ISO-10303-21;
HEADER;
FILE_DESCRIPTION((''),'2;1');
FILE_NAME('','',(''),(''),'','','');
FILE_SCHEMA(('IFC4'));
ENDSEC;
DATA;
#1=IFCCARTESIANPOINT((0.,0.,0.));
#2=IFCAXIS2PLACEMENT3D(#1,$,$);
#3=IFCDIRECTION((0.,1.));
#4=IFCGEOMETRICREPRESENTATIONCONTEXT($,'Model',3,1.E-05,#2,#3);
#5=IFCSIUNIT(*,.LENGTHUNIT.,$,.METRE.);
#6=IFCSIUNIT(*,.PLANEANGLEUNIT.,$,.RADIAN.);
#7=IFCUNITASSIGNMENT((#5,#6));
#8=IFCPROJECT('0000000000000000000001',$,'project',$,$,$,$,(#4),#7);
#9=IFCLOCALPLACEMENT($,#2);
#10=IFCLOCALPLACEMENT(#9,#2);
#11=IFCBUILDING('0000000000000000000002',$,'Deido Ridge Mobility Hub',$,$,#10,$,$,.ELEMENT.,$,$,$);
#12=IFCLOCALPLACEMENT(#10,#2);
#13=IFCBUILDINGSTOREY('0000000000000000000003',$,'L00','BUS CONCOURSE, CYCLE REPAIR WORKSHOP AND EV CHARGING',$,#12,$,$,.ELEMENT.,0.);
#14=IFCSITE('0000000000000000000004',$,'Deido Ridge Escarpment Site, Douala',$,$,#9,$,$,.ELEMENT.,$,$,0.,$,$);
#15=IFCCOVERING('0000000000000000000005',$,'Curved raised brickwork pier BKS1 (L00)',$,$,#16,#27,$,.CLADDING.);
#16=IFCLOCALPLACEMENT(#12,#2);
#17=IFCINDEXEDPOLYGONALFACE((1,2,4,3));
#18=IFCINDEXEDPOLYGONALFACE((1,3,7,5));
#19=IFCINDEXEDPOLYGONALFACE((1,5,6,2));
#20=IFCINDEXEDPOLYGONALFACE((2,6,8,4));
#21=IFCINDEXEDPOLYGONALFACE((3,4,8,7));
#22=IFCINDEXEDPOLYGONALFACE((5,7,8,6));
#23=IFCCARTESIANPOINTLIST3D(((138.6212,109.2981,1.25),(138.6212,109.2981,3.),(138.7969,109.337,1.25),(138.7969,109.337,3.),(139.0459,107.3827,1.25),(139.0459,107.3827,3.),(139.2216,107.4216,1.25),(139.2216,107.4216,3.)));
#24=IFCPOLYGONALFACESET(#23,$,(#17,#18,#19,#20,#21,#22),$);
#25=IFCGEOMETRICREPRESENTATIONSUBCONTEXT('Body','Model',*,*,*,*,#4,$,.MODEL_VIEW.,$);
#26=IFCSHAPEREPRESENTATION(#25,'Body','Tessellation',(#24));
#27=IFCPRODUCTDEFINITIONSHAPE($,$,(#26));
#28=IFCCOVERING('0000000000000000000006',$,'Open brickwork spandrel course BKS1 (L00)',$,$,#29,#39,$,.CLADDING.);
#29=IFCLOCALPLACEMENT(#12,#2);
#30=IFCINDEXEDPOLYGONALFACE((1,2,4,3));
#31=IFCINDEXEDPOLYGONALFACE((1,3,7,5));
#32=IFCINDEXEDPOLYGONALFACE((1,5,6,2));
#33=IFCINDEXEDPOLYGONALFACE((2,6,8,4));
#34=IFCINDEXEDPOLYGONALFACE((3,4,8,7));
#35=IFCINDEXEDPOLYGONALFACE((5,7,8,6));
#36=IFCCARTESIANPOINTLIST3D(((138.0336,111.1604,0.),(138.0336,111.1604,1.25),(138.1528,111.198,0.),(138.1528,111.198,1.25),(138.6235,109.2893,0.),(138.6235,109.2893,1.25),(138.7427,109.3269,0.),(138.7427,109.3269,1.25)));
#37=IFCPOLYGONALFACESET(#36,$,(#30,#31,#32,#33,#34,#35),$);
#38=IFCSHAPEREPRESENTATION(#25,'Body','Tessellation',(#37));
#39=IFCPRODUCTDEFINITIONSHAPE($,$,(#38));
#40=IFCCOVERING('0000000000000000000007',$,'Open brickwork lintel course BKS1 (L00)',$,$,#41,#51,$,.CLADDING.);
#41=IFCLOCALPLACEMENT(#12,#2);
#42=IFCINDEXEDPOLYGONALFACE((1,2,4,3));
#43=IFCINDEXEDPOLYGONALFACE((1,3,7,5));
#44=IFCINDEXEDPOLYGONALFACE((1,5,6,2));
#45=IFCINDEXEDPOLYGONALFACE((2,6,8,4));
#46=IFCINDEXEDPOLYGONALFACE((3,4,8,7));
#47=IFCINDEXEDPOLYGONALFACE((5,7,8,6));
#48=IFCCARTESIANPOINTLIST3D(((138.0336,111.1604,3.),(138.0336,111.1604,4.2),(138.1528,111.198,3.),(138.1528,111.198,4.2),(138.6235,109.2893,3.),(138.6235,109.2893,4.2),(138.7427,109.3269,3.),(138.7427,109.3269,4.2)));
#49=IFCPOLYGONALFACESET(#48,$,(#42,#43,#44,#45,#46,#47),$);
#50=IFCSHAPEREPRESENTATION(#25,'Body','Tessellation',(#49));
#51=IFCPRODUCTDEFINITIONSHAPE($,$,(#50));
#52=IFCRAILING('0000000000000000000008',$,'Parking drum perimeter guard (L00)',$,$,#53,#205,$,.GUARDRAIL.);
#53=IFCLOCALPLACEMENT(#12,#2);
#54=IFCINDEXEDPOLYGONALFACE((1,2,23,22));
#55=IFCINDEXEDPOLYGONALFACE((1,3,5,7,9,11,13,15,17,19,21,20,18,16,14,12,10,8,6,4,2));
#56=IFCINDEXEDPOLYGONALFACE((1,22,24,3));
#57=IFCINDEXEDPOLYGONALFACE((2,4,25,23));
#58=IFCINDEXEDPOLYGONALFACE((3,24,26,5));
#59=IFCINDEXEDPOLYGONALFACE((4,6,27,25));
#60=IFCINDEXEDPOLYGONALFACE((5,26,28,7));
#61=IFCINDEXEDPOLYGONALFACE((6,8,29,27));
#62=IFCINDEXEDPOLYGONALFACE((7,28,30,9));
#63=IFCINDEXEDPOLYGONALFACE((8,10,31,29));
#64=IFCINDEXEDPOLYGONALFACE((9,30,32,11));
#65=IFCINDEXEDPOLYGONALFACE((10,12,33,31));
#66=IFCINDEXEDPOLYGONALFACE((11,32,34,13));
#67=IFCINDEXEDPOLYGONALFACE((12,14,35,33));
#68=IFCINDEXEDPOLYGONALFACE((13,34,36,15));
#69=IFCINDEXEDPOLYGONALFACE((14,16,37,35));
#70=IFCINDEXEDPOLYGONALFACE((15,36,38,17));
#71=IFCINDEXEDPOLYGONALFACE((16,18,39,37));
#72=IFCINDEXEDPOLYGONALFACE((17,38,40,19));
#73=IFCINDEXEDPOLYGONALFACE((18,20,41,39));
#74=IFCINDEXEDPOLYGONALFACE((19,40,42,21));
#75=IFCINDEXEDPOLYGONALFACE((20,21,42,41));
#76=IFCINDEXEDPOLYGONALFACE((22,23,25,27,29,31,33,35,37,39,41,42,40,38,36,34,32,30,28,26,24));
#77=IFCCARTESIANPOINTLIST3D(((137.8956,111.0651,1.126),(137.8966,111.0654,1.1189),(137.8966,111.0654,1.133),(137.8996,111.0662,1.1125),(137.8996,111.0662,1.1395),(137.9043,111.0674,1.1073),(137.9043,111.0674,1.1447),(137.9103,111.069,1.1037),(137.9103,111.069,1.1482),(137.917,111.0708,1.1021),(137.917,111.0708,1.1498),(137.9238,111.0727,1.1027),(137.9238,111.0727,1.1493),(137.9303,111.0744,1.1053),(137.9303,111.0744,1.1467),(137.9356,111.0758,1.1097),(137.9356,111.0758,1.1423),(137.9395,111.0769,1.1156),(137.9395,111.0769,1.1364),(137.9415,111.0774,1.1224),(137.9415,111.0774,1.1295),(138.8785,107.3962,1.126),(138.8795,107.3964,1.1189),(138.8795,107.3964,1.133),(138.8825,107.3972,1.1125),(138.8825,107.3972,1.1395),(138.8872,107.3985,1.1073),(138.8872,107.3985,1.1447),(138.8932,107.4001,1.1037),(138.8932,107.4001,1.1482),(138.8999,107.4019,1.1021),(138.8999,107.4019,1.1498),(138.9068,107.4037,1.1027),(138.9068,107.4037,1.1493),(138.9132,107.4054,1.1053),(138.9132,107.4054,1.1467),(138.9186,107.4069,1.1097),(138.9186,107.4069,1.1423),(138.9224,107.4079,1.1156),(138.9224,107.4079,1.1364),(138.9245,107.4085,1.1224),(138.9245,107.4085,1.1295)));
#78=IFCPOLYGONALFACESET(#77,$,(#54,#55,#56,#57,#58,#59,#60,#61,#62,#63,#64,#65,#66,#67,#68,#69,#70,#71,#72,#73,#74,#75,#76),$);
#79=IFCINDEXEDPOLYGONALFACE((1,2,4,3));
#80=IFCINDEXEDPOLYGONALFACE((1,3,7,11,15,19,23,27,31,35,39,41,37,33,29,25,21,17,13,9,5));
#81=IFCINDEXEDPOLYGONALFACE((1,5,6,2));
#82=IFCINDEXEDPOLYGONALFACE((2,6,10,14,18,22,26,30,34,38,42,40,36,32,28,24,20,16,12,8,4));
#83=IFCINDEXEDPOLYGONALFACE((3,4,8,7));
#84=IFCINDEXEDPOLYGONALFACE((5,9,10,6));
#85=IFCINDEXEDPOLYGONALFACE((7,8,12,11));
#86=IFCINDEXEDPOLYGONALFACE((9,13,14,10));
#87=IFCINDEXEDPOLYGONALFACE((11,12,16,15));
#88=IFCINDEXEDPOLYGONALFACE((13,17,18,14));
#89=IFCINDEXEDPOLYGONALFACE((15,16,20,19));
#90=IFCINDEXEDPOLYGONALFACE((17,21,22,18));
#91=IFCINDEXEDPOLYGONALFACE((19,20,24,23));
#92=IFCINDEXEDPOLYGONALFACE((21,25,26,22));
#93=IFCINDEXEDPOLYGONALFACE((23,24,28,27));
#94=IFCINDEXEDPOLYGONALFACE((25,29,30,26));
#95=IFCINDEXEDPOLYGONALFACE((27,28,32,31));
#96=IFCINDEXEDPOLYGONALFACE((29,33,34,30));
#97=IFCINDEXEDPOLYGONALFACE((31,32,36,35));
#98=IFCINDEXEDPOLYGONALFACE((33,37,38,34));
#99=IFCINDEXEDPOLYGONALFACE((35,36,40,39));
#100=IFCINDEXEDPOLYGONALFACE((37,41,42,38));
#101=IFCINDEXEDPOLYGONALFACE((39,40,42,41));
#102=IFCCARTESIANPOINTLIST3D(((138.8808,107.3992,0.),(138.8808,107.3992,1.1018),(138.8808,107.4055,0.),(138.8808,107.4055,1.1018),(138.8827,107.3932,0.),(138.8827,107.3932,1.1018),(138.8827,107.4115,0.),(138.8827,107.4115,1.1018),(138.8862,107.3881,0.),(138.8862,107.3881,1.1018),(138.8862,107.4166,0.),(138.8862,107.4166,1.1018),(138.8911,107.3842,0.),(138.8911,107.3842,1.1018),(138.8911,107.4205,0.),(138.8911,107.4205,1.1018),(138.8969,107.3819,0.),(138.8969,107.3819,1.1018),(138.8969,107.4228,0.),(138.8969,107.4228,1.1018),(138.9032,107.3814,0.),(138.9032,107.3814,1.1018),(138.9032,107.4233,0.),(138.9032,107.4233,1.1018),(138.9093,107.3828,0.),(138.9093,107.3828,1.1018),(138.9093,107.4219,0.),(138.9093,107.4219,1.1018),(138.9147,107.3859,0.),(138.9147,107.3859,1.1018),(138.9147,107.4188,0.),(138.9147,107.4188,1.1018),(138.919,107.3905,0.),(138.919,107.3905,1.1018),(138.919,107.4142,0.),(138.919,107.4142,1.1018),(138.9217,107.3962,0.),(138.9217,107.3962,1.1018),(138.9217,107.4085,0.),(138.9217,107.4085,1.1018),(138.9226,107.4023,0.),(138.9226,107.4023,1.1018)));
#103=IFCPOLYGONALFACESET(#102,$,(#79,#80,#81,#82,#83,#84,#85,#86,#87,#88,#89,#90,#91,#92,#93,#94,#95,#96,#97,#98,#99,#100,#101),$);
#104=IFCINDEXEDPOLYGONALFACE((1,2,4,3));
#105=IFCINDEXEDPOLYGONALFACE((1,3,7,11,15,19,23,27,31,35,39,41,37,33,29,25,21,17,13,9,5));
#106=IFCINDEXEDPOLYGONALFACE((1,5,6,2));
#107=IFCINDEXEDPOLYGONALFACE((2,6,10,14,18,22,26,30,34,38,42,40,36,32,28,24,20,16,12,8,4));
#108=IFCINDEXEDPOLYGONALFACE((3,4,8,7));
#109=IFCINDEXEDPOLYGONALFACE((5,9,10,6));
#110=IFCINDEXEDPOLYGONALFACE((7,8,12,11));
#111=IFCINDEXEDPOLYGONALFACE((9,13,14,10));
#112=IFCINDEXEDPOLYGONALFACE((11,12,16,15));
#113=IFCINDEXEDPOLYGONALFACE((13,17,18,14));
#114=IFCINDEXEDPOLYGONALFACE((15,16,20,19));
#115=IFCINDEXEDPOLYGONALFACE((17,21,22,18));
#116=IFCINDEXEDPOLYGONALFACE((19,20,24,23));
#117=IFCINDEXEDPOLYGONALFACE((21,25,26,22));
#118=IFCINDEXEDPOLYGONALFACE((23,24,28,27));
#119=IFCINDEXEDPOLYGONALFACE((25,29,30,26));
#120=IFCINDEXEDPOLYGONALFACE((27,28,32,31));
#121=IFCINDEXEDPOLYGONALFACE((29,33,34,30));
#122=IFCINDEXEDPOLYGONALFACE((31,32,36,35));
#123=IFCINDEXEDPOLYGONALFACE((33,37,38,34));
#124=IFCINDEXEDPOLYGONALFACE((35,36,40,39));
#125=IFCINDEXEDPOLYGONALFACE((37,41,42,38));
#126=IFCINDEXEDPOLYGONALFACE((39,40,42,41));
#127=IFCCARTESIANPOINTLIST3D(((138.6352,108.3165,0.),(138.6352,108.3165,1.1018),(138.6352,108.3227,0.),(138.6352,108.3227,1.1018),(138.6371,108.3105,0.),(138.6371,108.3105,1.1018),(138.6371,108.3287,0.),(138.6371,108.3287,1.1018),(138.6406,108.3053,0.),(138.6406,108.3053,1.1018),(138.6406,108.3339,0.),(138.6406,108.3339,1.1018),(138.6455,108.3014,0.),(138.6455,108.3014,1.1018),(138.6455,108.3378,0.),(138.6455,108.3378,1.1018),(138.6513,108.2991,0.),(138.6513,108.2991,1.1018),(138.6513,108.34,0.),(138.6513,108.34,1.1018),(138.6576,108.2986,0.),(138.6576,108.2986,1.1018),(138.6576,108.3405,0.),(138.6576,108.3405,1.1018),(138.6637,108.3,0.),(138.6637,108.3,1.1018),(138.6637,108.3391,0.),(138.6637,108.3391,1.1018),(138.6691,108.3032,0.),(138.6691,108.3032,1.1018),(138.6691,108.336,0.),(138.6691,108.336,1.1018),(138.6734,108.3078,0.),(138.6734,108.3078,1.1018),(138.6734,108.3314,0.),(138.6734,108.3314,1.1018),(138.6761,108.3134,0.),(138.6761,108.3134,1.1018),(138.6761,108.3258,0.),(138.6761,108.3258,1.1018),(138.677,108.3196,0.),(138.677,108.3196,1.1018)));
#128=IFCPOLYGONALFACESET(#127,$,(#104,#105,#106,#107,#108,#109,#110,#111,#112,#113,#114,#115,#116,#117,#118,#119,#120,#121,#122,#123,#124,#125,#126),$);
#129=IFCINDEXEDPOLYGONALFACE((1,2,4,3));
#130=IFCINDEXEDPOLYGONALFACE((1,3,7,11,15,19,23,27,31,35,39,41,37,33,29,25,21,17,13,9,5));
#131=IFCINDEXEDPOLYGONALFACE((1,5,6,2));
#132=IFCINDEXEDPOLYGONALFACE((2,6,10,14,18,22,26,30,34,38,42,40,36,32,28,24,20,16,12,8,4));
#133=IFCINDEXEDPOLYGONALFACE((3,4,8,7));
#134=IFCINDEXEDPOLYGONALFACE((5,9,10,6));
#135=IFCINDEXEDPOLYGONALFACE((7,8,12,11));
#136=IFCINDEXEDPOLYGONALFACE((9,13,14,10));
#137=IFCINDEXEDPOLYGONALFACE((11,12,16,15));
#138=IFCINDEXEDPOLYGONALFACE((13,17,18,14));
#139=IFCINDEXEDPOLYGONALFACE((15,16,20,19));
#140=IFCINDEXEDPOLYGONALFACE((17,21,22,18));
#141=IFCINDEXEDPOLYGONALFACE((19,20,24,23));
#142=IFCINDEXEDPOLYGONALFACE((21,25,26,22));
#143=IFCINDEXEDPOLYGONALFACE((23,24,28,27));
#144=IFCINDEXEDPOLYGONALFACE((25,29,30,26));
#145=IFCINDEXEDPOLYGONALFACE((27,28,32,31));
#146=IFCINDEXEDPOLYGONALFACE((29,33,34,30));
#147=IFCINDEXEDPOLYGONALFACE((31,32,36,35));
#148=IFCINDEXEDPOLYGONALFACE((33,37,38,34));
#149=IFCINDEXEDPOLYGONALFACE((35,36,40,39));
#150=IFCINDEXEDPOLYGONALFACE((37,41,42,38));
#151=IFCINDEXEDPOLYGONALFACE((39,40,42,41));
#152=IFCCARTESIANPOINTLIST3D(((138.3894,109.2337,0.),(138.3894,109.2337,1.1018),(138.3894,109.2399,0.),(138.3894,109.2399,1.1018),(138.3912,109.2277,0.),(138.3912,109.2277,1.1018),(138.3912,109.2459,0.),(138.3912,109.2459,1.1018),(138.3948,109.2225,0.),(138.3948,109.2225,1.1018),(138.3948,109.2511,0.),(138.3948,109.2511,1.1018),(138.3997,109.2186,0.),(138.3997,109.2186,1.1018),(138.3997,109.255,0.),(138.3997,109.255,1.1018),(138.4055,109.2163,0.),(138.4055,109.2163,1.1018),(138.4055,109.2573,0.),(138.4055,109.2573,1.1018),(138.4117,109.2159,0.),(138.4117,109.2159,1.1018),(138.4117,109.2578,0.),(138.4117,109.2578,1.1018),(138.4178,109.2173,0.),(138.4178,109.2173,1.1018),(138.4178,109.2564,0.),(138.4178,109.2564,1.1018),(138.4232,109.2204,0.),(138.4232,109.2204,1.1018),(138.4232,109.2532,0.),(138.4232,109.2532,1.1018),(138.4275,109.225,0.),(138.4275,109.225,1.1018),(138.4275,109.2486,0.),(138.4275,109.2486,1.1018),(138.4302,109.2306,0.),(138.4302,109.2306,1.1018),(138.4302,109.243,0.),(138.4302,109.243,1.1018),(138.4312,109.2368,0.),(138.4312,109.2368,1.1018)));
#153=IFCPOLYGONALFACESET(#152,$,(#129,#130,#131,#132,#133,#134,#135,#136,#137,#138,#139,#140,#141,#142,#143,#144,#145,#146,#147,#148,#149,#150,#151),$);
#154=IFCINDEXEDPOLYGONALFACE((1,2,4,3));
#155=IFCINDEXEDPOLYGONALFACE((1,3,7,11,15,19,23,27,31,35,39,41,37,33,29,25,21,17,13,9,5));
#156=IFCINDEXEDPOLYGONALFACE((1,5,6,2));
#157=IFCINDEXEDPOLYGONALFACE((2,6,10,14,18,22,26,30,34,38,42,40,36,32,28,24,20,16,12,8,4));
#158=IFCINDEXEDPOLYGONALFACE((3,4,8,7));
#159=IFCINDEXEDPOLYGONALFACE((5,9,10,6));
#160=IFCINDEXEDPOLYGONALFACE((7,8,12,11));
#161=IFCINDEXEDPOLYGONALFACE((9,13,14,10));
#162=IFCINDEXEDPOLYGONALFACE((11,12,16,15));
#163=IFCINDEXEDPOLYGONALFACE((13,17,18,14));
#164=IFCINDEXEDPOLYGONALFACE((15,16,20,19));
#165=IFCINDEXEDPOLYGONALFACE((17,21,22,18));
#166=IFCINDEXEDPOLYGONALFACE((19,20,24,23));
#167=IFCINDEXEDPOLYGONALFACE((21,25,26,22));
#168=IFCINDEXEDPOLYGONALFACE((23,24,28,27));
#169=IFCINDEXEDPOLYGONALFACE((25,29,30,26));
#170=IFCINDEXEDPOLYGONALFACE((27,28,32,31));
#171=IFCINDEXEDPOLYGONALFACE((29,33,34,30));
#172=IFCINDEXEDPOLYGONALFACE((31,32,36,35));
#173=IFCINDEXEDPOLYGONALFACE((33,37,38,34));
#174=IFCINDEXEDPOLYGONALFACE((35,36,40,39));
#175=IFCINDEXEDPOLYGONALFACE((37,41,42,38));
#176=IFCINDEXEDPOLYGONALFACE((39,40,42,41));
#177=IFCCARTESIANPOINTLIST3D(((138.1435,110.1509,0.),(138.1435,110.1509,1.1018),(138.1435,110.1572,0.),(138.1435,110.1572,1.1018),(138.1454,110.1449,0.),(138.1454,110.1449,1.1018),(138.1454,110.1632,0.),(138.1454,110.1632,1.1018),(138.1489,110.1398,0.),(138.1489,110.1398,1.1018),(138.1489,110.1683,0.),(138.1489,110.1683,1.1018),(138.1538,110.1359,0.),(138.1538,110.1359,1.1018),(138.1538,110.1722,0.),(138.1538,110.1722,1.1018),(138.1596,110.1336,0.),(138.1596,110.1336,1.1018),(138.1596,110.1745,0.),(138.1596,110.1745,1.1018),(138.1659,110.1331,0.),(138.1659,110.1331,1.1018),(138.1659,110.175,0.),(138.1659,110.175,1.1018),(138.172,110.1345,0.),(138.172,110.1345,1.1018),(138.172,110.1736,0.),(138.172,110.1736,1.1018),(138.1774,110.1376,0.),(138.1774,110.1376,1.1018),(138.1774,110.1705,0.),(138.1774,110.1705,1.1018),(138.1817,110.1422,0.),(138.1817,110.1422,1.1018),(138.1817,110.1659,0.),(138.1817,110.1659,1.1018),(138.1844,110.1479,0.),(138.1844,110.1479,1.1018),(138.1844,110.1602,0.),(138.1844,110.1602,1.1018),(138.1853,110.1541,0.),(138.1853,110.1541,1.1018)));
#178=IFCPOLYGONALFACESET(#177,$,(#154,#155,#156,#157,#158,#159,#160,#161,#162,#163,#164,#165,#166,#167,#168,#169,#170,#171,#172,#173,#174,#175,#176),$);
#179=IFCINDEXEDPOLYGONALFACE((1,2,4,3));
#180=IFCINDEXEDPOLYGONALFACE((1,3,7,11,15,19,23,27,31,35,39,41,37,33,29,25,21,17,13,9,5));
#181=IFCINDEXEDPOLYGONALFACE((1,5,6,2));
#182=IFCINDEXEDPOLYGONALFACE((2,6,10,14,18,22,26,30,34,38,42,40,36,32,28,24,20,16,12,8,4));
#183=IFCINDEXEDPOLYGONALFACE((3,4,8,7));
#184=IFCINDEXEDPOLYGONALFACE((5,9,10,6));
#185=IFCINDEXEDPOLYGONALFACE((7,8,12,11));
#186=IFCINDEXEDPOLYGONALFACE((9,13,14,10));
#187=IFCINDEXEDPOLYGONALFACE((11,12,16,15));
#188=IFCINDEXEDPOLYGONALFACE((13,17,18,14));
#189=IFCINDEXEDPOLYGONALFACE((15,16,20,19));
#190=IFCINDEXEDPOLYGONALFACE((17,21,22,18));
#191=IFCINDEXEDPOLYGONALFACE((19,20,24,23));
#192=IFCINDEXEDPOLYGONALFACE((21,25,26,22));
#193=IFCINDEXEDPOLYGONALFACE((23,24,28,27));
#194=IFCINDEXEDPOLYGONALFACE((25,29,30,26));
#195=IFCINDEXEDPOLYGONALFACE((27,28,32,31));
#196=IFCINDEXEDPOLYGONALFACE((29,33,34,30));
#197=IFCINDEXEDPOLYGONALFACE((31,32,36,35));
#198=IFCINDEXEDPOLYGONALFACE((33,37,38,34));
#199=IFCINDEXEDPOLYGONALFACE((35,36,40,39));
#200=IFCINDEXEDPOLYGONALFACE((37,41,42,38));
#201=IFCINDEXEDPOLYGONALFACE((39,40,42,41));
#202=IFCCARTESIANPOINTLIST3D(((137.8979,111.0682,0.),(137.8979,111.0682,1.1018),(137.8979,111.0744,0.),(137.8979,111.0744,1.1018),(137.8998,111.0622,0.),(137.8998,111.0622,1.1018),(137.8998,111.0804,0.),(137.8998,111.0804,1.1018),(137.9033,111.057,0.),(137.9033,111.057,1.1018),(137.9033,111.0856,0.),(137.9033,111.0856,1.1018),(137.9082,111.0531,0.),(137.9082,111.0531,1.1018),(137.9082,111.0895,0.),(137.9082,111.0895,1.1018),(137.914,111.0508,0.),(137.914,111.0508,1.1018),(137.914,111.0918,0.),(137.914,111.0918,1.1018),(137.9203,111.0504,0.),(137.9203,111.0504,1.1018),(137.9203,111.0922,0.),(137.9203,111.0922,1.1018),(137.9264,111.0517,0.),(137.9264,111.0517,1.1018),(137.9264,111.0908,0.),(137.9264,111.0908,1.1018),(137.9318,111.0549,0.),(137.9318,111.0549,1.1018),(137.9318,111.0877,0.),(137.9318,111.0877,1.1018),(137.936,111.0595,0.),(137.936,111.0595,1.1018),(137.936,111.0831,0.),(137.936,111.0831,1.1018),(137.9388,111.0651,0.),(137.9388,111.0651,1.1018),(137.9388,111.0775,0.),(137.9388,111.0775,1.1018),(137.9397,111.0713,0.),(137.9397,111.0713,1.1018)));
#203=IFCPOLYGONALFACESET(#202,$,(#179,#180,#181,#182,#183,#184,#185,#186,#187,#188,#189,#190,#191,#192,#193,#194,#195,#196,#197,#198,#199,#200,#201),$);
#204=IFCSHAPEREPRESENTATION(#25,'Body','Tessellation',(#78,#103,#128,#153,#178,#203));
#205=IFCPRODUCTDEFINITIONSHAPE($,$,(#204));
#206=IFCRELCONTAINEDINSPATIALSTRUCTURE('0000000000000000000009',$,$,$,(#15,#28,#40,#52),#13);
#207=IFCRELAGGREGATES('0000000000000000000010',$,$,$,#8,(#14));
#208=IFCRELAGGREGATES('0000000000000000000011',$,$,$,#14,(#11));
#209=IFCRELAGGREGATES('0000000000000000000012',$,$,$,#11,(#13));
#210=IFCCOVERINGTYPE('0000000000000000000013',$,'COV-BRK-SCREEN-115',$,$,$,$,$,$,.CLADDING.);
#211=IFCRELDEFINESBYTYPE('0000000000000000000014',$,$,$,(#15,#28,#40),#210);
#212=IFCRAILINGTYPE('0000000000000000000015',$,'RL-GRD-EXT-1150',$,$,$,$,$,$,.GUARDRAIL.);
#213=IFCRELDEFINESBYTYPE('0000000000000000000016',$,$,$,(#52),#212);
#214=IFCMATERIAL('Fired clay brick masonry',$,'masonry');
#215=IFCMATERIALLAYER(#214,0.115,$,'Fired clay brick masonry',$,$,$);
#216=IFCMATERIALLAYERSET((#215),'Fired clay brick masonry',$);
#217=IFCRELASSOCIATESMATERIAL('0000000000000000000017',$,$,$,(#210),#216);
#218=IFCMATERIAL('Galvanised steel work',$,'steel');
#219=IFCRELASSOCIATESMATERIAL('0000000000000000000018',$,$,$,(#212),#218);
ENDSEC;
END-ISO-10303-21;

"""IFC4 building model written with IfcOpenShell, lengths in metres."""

from ifc_helpers import new_model, si_unit, direction, frame, origin, origin_2d, place, context, subcontext, project, spatial, rectangle, circle, extrude, material, layer, layer_set, type_object, element, save


model = new_model("IFC4")

# Units and contexts
model_context = context("Model", 3, precision=1e-05, world=origin(), true_north=direction((0.0, 1.0)))
body_context = subcontext(model_context, "Body", "Model", "MODEL_VIEW")
ifc_project = project(units=[si_unit("LENGTHUNIT", "METRE"), si_unit("PLANEANGLEUNIT", "RADIAN")], contexts=[model_context])

# Site, building, storey
site_placement = place(None, origin())
site = spatial("IfcSite", under=ifc_project, at=site_placement, Name="Deido Ridge Escarpment Site, Douala", CompositionType="ELEMENT", RefElevation=0.0)
building_placement = place(site_placement, origin())
building = spatial("IfcBuilding", under=site, at=building_placement, Name="Deido Ridge Mobility Hub", CompositionType="ELEMENT")
storey_placement = place(building_placement, origin())
storey = spatial("IfcBuildingStorey", under=building, at=storey_placement, Name="L00", Description="BUS CONCOURSE, CYCLE REPAIR WORKSHOP AND EV CHARGING", CompositionType="ELEMENT", Elevation=0.0)

# Shared definitions
ifc_material_1 = material(Name="Fired clay brick masonry", Category="masonry")

# Shared definitions
ifc_material_2 = material(Name="Galvanised steel work", Category="steel")

# Coverings
ifc_layer_1 = layer(ifc_material_1, 0.115, Name="Fired clay brick masonry")
ifc_layer_set_1 = layer_set([ifc_layer_1], Name="Fired clay brick masonry")
covering_type = type_object("IfcCoveringType", Name="COV-BRK-SCREEN-115", PredefinedType="CLADDING", material=ifc_layer_set_1)
covering_1_placement = place(storey_placement, frame((138.9214, 108.3599, 1.25), z_axis=(0.0, 0.0, 1.0), x_axis=(-0.216457, 0.976292, 0.0)))
element("IfcCovering", 1, at=covering_1_placement, inside=storey, type_object=covering_type, Name="Curved raised brickwork pier BKS1 (L00)", PredefinedType="CLADDING", context=body_context, shape_type="SweptSolid", body=[
    extrude(rectangle(XDim=1.9619, YDim=0.1799, at=origin_2d()), origin(), (0.0, 0.0, 1.0), 1.75),
])
covering_2_placement = place(storey_placement, frame((138.3882, 110.2437, 0.0), z_axis=(0.0, 0.0, 1.0), x_axis=(-0.300673, 0.953727, 0.0)))
element("IfcCovering", 2, at=covering_2_placement, inside=storey, type_object=covering_type, Name="Open brickwork spandrel course BKS1 (L00)", PredefinedType="CLADDING", context=body_context, shape_type="SweptSolid", body=[
    extrude(rectangle(XDim=1.9619, YDim=0.125, at=origin_2d()), origin(), (0.0, 0.0, 1.0), 1.25),
])
covering_3_placement = place(storey_placement, frame((138.3882, 110.2437, 3.0), z_axis=(0.0, 0.0, 1.0), x_axis=(-0.300673, 0.953727, 0.0)))
element("IfcCovering", 3, at=covering_3_placement, inside=storey, type_object=covering_type, Name="Open brickwork lintel course BKS1 (L00)", PredefinedType="CLADDING", context=body_context, shape_type="SweptSolid", body=[
    extrude(rectangle(XDim=1.9619, YDim=0.125, at=origin_2d()), origin(), (0.0, 0.0, 1.0), 1.2),
])

# Railing
railing_type = type_object("IfcRailingType", Name="RL-GRD-EXT-1150", PredefinedType="GUARDRAIL", material=ifc_material_2)
railing_placement = place(storey_placement, frame((138.9016, 107.4023, 0.0)))
element("IfcRailing", 4, at=railing_placement, inside=storey, type_object=railing_type, Name="Parking drum perimeter guard (L00)", PredefinedType="GUARDRAIL", context=body_context, shape_type="SweptSolid", body=[
    extrude(circle(Radius=0.0239, at=origin_2d()), frame((0.0, 0.0, 1.126), z_axis=(-0.258775, 0.965938, 0.0), x_axis=(-0.965938, -0.258775, 0.0)), (0.0, 0.0, 1.0), 3.7983),
    extrude(circle(Radius=0.021, at=origin_2d()), origin(), (0.0, 0.0, 1.0), 1.1018),
    extrude(circle(Radius=0.021, at=origin_2d()), frame((-0.2456, 0.9172, 0.0)), (0.0, 0.0, 1.0), 1.1018),
    extrude(circle(Radius=0.021, at=origin_2d()), frame((-0.4915, 1.8345, 0.0)), (0.0, 0.0, 1.0), 1.1018),
    extrude(circle(Radius=0.021, at=origin_2d()), frame((-0.7373, 2.7517, 0.0)), (0.0, 0.0, 1.0), 1.1018),
    extrude(circle(Radius=0.021, at=origin_2d()), frame((-0.9829, 3.6689, 0.0)), (0.0, 0.0, 1.0), 1.1018),
])

save(model, "model.ifc")
